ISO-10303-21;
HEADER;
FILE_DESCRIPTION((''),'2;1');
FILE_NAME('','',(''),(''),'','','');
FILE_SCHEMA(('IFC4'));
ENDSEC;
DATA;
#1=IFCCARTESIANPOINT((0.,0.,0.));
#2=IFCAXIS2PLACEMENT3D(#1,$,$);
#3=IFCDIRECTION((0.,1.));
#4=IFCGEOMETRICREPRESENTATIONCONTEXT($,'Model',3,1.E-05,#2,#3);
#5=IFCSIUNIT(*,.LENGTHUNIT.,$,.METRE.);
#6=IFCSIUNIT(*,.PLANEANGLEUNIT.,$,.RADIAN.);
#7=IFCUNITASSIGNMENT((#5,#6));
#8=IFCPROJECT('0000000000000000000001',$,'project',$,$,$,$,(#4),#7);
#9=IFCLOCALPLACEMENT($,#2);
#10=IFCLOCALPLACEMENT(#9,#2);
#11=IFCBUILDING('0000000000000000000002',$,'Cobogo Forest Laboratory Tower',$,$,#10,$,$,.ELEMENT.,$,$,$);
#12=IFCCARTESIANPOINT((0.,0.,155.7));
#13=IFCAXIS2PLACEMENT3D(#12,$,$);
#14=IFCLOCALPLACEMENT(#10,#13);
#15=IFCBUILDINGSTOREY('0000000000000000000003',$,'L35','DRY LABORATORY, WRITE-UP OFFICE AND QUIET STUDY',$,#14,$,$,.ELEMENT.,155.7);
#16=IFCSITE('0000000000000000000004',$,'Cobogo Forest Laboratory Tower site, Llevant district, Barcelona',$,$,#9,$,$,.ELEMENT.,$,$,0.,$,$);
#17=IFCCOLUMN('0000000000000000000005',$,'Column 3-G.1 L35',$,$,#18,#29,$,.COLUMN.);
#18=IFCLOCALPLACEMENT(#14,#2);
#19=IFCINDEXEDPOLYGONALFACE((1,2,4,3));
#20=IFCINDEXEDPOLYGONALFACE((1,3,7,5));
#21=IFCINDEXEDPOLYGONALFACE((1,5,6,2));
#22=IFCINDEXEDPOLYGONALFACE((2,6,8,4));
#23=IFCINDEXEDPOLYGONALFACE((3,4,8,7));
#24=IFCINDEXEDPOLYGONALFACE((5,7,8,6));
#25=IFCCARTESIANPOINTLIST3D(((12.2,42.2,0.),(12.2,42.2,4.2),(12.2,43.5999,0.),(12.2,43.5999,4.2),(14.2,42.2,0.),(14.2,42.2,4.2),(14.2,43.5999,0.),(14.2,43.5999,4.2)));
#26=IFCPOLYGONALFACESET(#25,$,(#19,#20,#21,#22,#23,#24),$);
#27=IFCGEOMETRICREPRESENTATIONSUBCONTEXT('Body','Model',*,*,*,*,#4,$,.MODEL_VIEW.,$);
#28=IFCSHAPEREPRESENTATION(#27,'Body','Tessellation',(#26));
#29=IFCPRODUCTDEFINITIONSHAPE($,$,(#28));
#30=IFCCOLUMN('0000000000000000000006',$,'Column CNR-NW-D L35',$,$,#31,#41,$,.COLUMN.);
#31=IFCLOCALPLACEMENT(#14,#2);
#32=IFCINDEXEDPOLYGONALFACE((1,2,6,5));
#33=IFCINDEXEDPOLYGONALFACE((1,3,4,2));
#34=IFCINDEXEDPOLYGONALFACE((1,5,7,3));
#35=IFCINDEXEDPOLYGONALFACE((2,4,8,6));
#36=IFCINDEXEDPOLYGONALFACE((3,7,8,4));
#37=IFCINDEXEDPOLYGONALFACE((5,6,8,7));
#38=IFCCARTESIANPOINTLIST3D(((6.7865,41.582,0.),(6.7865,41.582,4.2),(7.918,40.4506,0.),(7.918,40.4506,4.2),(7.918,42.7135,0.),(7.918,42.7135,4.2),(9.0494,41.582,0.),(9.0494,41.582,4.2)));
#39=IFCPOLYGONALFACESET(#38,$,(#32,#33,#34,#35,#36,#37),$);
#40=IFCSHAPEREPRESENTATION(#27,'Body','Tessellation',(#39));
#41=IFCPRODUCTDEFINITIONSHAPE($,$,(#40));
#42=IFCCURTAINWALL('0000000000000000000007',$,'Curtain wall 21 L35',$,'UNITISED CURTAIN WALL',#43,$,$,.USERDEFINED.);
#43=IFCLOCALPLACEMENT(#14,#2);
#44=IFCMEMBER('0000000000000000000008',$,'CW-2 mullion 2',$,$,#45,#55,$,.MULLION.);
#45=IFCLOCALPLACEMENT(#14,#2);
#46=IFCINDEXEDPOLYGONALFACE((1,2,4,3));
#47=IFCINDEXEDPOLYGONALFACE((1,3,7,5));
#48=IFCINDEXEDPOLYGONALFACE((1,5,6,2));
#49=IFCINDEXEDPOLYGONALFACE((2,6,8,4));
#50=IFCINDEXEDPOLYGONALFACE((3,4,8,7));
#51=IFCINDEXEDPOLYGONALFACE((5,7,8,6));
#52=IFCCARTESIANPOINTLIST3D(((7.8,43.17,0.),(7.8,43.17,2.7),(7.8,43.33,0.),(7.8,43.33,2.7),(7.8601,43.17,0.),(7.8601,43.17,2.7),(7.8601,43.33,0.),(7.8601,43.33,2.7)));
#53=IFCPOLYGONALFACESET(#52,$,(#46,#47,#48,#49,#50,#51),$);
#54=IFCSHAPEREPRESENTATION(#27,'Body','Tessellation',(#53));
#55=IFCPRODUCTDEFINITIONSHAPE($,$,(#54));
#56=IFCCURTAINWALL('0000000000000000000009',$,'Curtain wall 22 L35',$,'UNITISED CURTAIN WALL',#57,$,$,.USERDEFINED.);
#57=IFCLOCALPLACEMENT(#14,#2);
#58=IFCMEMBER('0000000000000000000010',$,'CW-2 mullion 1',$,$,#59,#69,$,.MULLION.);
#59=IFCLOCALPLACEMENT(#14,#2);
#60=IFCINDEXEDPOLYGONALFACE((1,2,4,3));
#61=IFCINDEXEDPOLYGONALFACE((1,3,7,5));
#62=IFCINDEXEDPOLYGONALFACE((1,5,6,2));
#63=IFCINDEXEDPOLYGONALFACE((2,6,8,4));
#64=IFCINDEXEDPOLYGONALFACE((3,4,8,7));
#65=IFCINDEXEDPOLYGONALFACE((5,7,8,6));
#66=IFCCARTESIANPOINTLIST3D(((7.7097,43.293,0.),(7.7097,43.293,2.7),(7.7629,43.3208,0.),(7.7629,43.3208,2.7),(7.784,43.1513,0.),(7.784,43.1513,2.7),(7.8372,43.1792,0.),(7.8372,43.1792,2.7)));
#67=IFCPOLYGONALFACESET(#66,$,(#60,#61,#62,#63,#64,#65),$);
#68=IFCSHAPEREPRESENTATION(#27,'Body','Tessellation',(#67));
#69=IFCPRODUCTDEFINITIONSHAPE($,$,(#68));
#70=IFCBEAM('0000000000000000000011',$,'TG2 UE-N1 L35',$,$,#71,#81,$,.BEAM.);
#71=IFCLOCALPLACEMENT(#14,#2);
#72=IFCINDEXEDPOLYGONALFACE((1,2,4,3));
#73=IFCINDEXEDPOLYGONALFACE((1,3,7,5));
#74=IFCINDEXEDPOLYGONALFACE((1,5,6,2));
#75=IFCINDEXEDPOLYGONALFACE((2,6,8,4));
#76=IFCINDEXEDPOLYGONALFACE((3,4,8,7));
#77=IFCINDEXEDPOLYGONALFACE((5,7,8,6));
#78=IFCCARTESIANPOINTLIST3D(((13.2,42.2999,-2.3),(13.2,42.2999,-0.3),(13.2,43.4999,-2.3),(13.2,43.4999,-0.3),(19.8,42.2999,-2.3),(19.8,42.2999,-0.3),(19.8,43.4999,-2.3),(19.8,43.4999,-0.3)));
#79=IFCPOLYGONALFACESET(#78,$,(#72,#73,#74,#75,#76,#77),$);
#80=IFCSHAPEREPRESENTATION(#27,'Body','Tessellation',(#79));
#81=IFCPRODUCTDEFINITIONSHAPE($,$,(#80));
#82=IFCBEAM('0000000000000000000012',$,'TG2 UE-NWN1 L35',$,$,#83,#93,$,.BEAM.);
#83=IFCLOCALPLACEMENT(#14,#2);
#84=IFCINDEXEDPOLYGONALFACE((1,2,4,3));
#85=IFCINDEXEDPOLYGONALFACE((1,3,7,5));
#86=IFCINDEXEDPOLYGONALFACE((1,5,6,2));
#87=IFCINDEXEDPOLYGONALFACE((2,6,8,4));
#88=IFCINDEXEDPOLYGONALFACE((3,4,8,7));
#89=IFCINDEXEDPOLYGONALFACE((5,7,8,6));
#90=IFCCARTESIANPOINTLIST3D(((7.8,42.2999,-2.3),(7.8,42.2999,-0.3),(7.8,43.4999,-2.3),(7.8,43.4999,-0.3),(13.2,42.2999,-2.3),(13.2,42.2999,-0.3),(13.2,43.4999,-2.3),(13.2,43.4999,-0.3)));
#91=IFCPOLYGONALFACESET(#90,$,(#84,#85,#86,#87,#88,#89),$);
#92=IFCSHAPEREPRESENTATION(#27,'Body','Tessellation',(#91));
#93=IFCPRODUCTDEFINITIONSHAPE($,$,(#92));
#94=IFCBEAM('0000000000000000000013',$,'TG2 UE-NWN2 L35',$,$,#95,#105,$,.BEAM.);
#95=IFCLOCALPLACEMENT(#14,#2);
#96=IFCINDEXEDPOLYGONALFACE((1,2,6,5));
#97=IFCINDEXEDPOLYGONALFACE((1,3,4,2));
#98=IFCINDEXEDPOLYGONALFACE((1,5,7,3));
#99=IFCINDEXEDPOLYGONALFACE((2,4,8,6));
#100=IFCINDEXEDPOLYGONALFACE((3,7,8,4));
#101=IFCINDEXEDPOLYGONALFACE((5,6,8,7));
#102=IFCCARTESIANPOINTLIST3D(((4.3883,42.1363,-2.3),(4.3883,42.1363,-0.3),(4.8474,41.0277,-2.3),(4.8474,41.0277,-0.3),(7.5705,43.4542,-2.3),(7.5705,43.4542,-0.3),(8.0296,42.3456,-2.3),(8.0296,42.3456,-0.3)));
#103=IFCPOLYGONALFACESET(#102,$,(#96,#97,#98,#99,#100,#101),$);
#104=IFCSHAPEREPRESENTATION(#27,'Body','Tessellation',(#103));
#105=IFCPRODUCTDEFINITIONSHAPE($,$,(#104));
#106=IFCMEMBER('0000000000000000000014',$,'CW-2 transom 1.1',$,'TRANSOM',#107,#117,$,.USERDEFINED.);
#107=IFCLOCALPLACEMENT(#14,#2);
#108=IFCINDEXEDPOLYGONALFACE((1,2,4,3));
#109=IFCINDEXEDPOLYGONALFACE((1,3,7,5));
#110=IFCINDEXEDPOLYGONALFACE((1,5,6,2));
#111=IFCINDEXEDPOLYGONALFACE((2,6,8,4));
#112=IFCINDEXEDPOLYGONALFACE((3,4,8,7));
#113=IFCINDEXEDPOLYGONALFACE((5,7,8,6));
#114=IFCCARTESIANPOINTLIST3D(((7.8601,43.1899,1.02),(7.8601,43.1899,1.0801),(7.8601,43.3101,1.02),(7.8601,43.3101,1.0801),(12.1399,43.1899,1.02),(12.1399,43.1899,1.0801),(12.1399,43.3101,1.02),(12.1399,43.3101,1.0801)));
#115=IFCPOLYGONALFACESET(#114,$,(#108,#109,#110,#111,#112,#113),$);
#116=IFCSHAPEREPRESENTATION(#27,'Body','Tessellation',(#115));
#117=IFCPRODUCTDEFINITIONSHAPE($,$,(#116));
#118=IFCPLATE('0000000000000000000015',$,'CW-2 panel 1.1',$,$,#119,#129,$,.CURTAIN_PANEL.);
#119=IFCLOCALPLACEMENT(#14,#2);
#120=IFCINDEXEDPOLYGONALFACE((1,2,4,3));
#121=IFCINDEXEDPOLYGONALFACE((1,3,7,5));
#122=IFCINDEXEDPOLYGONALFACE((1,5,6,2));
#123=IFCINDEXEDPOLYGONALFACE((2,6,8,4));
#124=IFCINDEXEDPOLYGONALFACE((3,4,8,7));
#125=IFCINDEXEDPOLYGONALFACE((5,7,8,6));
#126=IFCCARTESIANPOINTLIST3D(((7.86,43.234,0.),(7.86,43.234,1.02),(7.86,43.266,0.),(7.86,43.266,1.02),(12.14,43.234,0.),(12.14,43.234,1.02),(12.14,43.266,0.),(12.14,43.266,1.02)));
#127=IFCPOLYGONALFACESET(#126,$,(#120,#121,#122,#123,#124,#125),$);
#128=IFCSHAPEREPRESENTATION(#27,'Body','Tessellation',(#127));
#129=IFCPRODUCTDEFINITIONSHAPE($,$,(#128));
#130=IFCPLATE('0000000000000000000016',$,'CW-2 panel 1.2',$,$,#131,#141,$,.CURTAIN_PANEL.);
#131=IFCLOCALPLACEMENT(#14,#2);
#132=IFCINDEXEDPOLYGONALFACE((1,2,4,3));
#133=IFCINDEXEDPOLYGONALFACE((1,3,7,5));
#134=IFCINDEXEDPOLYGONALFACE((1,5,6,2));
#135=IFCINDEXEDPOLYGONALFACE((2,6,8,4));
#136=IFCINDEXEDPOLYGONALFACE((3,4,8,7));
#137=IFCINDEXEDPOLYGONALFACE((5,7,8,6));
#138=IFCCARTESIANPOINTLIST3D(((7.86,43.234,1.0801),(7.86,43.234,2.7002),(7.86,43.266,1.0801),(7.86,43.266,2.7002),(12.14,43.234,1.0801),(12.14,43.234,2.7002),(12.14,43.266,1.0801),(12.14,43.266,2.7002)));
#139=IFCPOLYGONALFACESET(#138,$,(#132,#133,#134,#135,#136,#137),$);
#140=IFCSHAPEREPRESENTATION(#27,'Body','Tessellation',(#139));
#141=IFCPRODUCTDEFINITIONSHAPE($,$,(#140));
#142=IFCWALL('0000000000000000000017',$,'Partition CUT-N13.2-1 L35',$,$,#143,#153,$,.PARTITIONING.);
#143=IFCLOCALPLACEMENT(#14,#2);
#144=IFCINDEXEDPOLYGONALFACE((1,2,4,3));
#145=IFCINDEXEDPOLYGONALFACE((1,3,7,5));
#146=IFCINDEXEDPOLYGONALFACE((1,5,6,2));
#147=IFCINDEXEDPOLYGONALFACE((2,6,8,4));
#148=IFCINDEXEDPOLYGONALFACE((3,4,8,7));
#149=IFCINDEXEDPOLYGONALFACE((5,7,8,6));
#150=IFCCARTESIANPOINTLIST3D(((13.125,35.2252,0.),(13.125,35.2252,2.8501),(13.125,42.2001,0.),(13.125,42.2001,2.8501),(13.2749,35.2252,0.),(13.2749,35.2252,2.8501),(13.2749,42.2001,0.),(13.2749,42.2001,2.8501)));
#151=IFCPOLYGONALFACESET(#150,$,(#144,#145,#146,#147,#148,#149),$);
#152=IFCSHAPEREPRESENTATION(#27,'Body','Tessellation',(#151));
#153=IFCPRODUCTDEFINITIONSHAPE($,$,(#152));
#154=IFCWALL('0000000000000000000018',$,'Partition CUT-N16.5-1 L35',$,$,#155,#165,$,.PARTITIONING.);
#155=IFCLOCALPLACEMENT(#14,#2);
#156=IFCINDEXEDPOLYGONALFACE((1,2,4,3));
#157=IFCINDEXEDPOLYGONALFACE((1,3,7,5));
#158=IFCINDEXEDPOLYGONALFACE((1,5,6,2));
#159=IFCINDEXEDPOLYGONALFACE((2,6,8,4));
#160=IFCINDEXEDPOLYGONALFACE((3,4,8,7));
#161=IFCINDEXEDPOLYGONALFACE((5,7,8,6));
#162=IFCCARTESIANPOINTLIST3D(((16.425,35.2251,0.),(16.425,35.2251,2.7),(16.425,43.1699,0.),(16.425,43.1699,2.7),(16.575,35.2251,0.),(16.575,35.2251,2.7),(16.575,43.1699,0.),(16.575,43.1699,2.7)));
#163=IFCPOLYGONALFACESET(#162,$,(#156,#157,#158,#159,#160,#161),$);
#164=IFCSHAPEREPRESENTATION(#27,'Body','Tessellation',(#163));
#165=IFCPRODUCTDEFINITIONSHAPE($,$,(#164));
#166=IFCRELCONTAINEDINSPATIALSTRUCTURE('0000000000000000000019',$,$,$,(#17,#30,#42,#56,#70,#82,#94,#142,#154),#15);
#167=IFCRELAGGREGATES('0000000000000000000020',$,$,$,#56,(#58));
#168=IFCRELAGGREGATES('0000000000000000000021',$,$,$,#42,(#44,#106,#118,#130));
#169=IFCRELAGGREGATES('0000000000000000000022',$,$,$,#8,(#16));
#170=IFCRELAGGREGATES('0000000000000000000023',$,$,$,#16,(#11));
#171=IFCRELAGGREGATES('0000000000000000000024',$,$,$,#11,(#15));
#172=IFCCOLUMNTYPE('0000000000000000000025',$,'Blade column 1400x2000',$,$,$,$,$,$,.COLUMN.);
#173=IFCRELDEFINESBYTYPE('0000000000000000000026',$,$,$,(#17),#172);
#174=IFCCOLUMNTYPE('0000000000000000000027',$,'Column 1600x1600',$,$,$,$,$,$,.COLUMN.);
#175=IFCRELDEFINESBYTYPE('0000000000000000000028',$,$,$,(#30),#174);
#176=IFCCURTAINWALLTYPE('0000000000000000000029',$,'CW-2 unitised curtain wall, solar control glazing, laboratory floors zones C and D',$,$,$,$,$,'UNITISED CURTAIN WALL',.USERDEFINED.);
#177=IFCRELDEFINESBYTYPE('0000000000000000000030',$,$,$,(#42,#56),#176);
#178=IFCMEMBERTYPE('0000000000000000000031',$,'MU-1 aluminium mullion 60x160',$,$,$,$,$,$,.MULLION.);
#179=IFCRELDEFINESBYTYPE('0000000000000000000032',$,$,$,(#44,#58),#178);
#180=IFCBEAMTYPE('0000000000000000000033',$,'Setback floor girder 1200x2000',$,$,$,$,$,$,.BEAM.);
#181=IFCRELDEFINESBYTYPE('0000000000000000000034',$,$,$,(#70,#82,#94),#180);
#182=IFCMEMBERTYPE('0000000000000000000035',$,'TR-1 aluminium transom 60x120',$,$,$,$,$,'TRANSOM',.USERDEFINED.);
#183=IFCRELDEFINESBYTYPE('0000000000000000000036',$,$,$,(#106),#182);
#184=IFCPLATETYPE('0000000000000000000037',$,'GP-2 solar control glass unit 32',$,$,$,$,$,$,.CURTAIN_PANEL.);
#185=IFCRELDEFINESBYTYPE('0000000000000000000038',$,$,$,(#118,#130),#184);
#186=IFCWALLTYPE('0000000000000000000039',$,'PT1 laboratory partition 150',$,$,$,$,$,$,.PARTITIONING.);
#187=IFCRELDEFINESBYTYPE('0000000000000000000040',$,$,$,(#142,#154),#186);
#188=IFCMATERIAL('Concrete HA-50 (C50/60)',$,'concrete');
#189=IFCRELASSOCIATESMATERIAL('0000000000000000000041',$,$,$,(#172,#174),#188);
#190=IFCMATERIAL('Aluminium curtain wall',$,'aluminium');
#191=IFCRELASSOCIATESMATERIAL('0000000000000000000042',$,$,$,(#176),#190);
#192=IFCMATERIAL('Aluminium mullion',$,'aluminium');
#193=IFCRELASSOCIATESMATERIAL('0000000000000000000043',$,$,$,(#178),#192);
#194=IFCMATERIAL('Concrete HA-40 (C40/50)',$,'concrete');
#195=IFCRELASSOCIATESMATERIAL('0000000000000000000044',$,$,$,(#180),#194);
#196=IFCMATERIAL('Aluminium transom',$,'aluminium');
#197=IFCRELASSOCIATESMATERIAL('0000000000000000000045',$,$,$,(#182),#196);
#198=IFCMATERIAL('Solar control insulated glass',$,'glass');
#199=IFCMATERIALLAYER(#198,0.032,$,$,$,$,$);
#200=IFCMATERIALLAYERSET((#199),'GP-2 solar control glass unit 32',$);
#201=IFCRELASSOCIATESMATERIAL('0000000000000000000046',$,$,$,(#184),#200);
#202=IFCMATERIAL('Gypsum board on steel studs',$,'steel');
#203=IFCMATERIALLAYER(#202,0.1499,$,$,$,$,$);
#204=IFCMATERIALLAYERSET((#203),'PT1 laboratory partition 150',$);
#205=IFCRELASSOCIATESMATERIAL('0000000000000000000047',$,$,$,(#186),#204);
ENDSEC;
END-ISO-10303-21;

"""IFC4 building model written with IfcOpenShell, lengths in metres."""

from ifc_helpers import new_model, si_unit, direction, frame, frame_2d, origin, origin_2d, place, context, subcontext, project, spatial, rectangle, extrude, material, layer, layer_set, material_profile, profile_set, type_object, element, aggregate, save


model = new_model("IFC4")

# Units and contexts
model_context = context("Model", 3, precision=1e-05, world=origin(), true_north=direction((0.0, 1.0)))
body_context = subcontext(model_context, "Body", "Model", "MODEL_VIEW")
ifc_project = project(units=[si_unit("LENGTHUNIT", "METRE"), si_unit("PLANEANGLEUNIT", "RADIAN")], contexts=[model_context])

# Site, building, storey
site_placement = place(None, origin())
site = spatial("IfcSite", under=ifc_project, at=site_placement, Name="Cobogo Forest Laboratory Tower site, Llevant district, Barcelona", CompositionType="ELEMENT", RefElevation=0.0)
building_placement = place(site_placement, origin())
building = spatial("IfcBuilding", under=site, at=building_placement, Name="Cobogo Forest Laboratory Tower", CompositionType="ELEMENT")
storey_placement = place(building_placement, frame((0.0, 0.0, 155.7)))
storey = spatial("IfcBuildingStorey", under=building, at=storey_placement, Name="L35", Description="DRY LABORATORY, WRITE-UP OFFICE AND QUIET STUDY", CompositionType="ELEMENT", Elevation=155.7)

# Columns
ifc_material_1 = material(Name="Concrete HA-50 (C50/60)", Category="concrete")
ifc_material_profile_1 = material_profile(ifc_material_1, rectangle(XDim=2.0, YDim=1.3999, at=origin_2d()), Name="RC 1400x2000")
ifc_profile_set_1 = profile_set([ifc_material_profile_1], Name="Concrete HA-50 (C50/60)")
column_type_1 = type_object("IfcColumnType", Name="Blade column 1400x2000", PredefinedType="COLUMN", material=ifc_profile_set_1)
column_1_placement = place(storey_placement, frame((13.2, 42.8999, 0.0), z_axis=(0.0, 0.0, 1.0), x_axis=(1.0, 0.0, 0.0)))
element("IfcColumn", 1, at=column_1_placement, inside=storey, type_object=column_type_1, Name="Column 3-G.1 L35", PredefinedType="COLUMN", context=body_context, shape_type="SweptSolid", body=[
    extrude(rectangle(XDim=2.0, YDim=1.3999, at=origin_2d()), origin(), (0.0, 0.0, 1.0), 4.2),
])
ifc_material_profile_2 = material_profile(ifc_material_1, rectangle(XDim=1.6001, YDim=1.6001, at=origin_2d()), Name="RC 1600x1600")
ifc_profile_set_2 = profile_set([ifc_material_profile_2], Name="Concrete HA-50 (C50/60)")
column_type_2 = type_object("IfcColumnType", Name="Column 1600x1600", PredefinedType="COLUMN", material=ifc_profile_set_2)
column_2_placement = place(storey_placement, frame((7.918, 41.582, 0.0), z_axis=(0.0, 0.0, 1.0), x_axis=(0.707107, 0.707107, 0.0)))
element("IfcColumn", 2, at=column_2_placement, inside=storey, type_object=column_type_2, Name="Column CNR-NW-D L35", PredefinedType="COLUMN", context=body_context, shape_type="SweptSolid", body=[
    extrude(rectangle(XDim=1.6001, YDim=1.6001, at=origin_2d()), origin(), (0.0, 0.0, 1.0), 4.2),
])

# Curtain walls, members
ifc_material_2 = material(Name="Aluminium curtain wall", Category="aluminium")
curtain_wall_type = type_object("IfcCurtainWallType", Name="CW-2 unitised curtain wall, solar control glazing, laboratory floors zones C and D", ElementType="UNITISED CURTAIN WALL", PredefinedType="USERDEFINED", material=ifc_material_2)
curtain_wall_1_placement = place(storey_placement, origin())
curtain_wall_1 = element("IfcCurtainWall", 3, at=curtain_wall_1_placement, inside=storey, type_object=curtain_wall_type, Name="Curtain wall 21 L35", ObjectType="UNITISED CURTAIN WALL", PredefinedType="USERDEFINED")
ifc_material_3 = material(Name="Aluminium mullion", Category="aluminium")
ifc_material_profile_3 = material_profile(ifc_material_3, rectangle(XDim=0.0601, YDim=0.1599, at=origin_2d()), Name="AL 60x160")
ifc_profile_set_3 = profile_set([ifc_material_profile_3], Name="Aluminium mullion")
member_type_1 = type_object("IfcMemberType", Name="MU-1 aluminium mullion 60x160", PredefinedType="MULLION", material=ifc_profile_set_3)
member_1_placement = place(storey_placement, frame((7.8301, 43.25, 0.0), z_axis=(0.0, 0.0, 1.0), x_axis=(-1.0, 0.0, 0.0)))
member_1 = element("IfcMember", 4, at=member_1_placement, type_object=member_type_1, Name="CW-2 mullion 2", PredefinedType="MULLION", context=body_context, shape_type="SweptSolid", body=[
    extrude(rectangle(XDim=0.0601, YDim=0.1599, at=origin_2d()), origin(), (0.0, 0.0, 1.0), 2.7),
])
curtain_wall_2_placement = place(storey_placement, origin())
curtain_wall_2 = element("IfcCurtainWall", 5, at=curtain_wall_2_placement, inside=storey, type_object=curtain_wall_type, Name="Curtain wall 22 L35", ObjectType="UNITISED CURTAIN WALL", PredefinedType="USERDEFINED")
member_2_placement = place(storey_placement, frame((7.7734, 43.2361, 0.0), z_axis=(0.0, 0.0, 1.0), x_axis=(-0.885687, -0.464284, 0.0)))
member_2 = element("IfcMember", 6, at=member_2_placement, type_object=member_type_1, Name="CW-2 mullion 1", PredefinedType="MULLION", context=body_context, shape_type="SweptSolid", body=[
    extrude(rectangle(XDim=0.0601, YDim=0.1599, at=origin_2d()), origin(), (0.0, 0.0, 1.0), 2.7),
])
aggregate(curtain_wall_2, [member_2])

# Beams
ifc_material_4 = material(Name="Concrete HA-40 (C40/50)", Category="concrete")
ifc_material_profile_4 = material_profile(ifc_material_4, rectangle(XDim=1.2, YDim=2.0, at=origin_2d()), Name="RC 1200x2000")
ifc_profile_set_4 = profile_set([ifc_material_profile_4], Name="Concrete HA-40 (C40/50)")
beam_type = type_object("IfcBeamType", Name="Setback floor girder 1200x2000", PredefinedType="BEAM", material=ifc_profile_set_4)
beam_1_placement = place(storey_placement, frame((13.2, 42.8999, -1.3), z_axis=(1.0, 0.0, 0.0), x_axis=(0.0, 1.0, 0.0)))
element("IfcBeam", 7, at=beam_1_placement, inside=storey, type_object=beam_type, Name="TG2 UE-N1 L35", PredefinedType="BEAM", context=body_context, shape_type="SweptSolid", body=[
    extrude(rectangle(XDim=1.2, YDim=2.0, at=origin_2d()), origin(), (0.0, 0.0, 1.0), 6.6001),
])
beam_2_placement = place(storey_placement, frame((13.2, 42.8999, -1.3), z_axis=(-1.0, 0.0, 0.0), x_axis=(0.0, -1.0, 0.0)))
element("IfcBeam", 8, at=beam_2_placement, inside=storey, type_object=beam_type, Name="TG2 UE-NWN1 L35", PredefinedType="BEAM", context=body_context, shape_type="SweptSolid", body=[
    extrude(rectangle(XDim=1.2, YDim=2.0, at=origin_2d()), origin(), (0.0, 0.0, 1.0), 5.3999),
])
beam_3_placement = place(storey_placement, frame((7.8, 42.8999, -1.3), z_axis=(-0.923901, -0.382631, 0.0), x_axis=(0.382631, -0.923901, 0.0)))
element("IfcBeam", 9, at=beam_3_placement, inside=storey, type_object=beam_type, Name="TG2 UE-NWN2 L35", PredefinedType="BEAM", context=body_context, shape_type="SweptSolid", body=[
    extrude(rectangle(XDim=1.2, YDim=2.0, at=origin_2d()), origin(), (0.0, 0.0, 1.0), 3.4443),
])

# Member
ifc_material_5 = material(Name="Aluminium transom", Category="aluminium")
ifc_material_profile_5 = material_profile(ifc_material_5, rectangle(XDim=0.1201, YDim=0.0601, at=origin_2d()), Name="AL 60x120")
ifc_profile_set_5 = profile_set([ifc_material_profile_5], Name="Aluminium transom")
member_type_2 = type_object("IfcMemberType", Name="TR-1 aluminium transom 60x120", ElementType="TRANSOM", PredefinedType="USERDEFINED", material=ifc_profile_set_5)
member_3_placement = place(storey_placement, frame((12.1399, 43.25, 1.05), z_axis=(-1.0, 0.0, 0.0), x_axis=(0.0, -1.0, 0.0)))
member_3 = element("IfcMember", 10, at=member_3_placement, type_object=member_type_2, Name="CW-2 transom 1.1", ObjectType="TRANSOM", PredefinedType="USERDEFINED", context=body_context, shape_type="SweptSolid", body=[
    extrude(rectangle(XDim=0.1201, YDim=0.0601, at=origin_2d()), origin(), (0.0, 0.0, 1.0), 4.2798),
])

# Plates
ifc_material_6 = material(Name="Solar control insulated glass", Category="glass")
ifc_layer_1 = layer(ifc_material_6, 0.032)
ifc_layer_set_1 = layer_set([ifc_layer_1], Name="GP-2 solar control glass unit 32")
plate_type = type_object("IfcPlateType", Name="GP-2 solar control glass unit 32", PredefinedType="CURTAIN_PANEL", material=ifc_layer_set_1)
plate_1_placement = place(storey_placement, frame((10.0, 43.25, 0.0), z_axis=(0.0, 0.0, 1.0), x_axis=(-1.0, 0.0, 0.0)))
plate_1 = element("IfcPlate", 11, at=plate_1_placement, type_object=plate_type, Name="CW-2 panel 1.1", PredefinedType="CURTAIN_PANEL", context=body_context, shape_type="SweptSolid", body=[
    extrude(rectangle(XDim=4.28, YDim=0.032, at=origin_2d()), origin(), (0.0, 0.0, 1.0), 1.02),
])
plate_2_placement = place(storey_placement, frame((10.0, 43.25, 1.0801), z_axis=(0.0, 0.0, 1.0), x_axis=(-1.0, 0.0, 0.0)))
plate_2 = element("IfcPlate", 12, at=plate_2_placement, type_object=plate_type, Name="CW-2 panel 1.2", PredefinedType="CURTAIN_PANEL", context=body_context, shape_type="SweptSolid", body=[
    extrude(rectangle(XDim=4.28, YDim=0.032, at=origin_2d()), origin(), (0.0, 0.0, 1.0), 1.6201),
])
aggregate(curtain_wall_1, [member_1, member_3, plate_1, plate_2])

# Walls
ifc_material_7 = material(Name="Gypsum board on steel studs", Category="steel")
ifc_layer_2 = layer(ifc_material_7, 0.1499)
ifc_layer_set_2 = layer_set([ifc_layer_2], Name="PT1 laboratory partition 150")
wall_type_1 = type_object("IfcWallType", Name="PT1 laboratory partition 150", PredefinedType="PARTITIONING", material=ifc_layer_set_2)
wall_1_placement = place(storey_placement, frame((13.2, 42.2, 0.0), z_axis=(0.0, 0.0, 1.0), x_axis=(0.0, -1.0, 0.0)))
element("IfcWall", 13, at=wall_1_placement, inside=storey, type_object=wall_type_1, Name="Partition CUT-N13.2-1 L35", PredefinedType="PARTITIONING", context=body_context, shape_type="SweptSolid", body=[
    extrude(rectangle(XDim=6.9749, YDim=0.1499, at=frame_2d((3.4873, 0.0))), origin(), (0.0, 0.0, 1.0), 2.8501),
])
wall_2_placement = place(storey_placement, frame((16.5, 43.1699, 0.0), z_axis=(0.0, 0.0, 1.0), x_axis=(0.0, -1.0, 0.0)))
element("IfcWall", 14, at=wall_2_placement, inside=storey, type_object=wall_type_1, Name="Partition CUT-N16.5-1 L35", PredefinedType="PARTITIONING", context=body_context, shape_type="SweptSolid", body=[
    extrude(rectangle(XDim=7.9448, YDim=0.1499, at=frame_2d((3.9724, 0.0))), origin(), (0.0, 0.0, 1.0), 2.7),
])

save(model, "model.ifc")
